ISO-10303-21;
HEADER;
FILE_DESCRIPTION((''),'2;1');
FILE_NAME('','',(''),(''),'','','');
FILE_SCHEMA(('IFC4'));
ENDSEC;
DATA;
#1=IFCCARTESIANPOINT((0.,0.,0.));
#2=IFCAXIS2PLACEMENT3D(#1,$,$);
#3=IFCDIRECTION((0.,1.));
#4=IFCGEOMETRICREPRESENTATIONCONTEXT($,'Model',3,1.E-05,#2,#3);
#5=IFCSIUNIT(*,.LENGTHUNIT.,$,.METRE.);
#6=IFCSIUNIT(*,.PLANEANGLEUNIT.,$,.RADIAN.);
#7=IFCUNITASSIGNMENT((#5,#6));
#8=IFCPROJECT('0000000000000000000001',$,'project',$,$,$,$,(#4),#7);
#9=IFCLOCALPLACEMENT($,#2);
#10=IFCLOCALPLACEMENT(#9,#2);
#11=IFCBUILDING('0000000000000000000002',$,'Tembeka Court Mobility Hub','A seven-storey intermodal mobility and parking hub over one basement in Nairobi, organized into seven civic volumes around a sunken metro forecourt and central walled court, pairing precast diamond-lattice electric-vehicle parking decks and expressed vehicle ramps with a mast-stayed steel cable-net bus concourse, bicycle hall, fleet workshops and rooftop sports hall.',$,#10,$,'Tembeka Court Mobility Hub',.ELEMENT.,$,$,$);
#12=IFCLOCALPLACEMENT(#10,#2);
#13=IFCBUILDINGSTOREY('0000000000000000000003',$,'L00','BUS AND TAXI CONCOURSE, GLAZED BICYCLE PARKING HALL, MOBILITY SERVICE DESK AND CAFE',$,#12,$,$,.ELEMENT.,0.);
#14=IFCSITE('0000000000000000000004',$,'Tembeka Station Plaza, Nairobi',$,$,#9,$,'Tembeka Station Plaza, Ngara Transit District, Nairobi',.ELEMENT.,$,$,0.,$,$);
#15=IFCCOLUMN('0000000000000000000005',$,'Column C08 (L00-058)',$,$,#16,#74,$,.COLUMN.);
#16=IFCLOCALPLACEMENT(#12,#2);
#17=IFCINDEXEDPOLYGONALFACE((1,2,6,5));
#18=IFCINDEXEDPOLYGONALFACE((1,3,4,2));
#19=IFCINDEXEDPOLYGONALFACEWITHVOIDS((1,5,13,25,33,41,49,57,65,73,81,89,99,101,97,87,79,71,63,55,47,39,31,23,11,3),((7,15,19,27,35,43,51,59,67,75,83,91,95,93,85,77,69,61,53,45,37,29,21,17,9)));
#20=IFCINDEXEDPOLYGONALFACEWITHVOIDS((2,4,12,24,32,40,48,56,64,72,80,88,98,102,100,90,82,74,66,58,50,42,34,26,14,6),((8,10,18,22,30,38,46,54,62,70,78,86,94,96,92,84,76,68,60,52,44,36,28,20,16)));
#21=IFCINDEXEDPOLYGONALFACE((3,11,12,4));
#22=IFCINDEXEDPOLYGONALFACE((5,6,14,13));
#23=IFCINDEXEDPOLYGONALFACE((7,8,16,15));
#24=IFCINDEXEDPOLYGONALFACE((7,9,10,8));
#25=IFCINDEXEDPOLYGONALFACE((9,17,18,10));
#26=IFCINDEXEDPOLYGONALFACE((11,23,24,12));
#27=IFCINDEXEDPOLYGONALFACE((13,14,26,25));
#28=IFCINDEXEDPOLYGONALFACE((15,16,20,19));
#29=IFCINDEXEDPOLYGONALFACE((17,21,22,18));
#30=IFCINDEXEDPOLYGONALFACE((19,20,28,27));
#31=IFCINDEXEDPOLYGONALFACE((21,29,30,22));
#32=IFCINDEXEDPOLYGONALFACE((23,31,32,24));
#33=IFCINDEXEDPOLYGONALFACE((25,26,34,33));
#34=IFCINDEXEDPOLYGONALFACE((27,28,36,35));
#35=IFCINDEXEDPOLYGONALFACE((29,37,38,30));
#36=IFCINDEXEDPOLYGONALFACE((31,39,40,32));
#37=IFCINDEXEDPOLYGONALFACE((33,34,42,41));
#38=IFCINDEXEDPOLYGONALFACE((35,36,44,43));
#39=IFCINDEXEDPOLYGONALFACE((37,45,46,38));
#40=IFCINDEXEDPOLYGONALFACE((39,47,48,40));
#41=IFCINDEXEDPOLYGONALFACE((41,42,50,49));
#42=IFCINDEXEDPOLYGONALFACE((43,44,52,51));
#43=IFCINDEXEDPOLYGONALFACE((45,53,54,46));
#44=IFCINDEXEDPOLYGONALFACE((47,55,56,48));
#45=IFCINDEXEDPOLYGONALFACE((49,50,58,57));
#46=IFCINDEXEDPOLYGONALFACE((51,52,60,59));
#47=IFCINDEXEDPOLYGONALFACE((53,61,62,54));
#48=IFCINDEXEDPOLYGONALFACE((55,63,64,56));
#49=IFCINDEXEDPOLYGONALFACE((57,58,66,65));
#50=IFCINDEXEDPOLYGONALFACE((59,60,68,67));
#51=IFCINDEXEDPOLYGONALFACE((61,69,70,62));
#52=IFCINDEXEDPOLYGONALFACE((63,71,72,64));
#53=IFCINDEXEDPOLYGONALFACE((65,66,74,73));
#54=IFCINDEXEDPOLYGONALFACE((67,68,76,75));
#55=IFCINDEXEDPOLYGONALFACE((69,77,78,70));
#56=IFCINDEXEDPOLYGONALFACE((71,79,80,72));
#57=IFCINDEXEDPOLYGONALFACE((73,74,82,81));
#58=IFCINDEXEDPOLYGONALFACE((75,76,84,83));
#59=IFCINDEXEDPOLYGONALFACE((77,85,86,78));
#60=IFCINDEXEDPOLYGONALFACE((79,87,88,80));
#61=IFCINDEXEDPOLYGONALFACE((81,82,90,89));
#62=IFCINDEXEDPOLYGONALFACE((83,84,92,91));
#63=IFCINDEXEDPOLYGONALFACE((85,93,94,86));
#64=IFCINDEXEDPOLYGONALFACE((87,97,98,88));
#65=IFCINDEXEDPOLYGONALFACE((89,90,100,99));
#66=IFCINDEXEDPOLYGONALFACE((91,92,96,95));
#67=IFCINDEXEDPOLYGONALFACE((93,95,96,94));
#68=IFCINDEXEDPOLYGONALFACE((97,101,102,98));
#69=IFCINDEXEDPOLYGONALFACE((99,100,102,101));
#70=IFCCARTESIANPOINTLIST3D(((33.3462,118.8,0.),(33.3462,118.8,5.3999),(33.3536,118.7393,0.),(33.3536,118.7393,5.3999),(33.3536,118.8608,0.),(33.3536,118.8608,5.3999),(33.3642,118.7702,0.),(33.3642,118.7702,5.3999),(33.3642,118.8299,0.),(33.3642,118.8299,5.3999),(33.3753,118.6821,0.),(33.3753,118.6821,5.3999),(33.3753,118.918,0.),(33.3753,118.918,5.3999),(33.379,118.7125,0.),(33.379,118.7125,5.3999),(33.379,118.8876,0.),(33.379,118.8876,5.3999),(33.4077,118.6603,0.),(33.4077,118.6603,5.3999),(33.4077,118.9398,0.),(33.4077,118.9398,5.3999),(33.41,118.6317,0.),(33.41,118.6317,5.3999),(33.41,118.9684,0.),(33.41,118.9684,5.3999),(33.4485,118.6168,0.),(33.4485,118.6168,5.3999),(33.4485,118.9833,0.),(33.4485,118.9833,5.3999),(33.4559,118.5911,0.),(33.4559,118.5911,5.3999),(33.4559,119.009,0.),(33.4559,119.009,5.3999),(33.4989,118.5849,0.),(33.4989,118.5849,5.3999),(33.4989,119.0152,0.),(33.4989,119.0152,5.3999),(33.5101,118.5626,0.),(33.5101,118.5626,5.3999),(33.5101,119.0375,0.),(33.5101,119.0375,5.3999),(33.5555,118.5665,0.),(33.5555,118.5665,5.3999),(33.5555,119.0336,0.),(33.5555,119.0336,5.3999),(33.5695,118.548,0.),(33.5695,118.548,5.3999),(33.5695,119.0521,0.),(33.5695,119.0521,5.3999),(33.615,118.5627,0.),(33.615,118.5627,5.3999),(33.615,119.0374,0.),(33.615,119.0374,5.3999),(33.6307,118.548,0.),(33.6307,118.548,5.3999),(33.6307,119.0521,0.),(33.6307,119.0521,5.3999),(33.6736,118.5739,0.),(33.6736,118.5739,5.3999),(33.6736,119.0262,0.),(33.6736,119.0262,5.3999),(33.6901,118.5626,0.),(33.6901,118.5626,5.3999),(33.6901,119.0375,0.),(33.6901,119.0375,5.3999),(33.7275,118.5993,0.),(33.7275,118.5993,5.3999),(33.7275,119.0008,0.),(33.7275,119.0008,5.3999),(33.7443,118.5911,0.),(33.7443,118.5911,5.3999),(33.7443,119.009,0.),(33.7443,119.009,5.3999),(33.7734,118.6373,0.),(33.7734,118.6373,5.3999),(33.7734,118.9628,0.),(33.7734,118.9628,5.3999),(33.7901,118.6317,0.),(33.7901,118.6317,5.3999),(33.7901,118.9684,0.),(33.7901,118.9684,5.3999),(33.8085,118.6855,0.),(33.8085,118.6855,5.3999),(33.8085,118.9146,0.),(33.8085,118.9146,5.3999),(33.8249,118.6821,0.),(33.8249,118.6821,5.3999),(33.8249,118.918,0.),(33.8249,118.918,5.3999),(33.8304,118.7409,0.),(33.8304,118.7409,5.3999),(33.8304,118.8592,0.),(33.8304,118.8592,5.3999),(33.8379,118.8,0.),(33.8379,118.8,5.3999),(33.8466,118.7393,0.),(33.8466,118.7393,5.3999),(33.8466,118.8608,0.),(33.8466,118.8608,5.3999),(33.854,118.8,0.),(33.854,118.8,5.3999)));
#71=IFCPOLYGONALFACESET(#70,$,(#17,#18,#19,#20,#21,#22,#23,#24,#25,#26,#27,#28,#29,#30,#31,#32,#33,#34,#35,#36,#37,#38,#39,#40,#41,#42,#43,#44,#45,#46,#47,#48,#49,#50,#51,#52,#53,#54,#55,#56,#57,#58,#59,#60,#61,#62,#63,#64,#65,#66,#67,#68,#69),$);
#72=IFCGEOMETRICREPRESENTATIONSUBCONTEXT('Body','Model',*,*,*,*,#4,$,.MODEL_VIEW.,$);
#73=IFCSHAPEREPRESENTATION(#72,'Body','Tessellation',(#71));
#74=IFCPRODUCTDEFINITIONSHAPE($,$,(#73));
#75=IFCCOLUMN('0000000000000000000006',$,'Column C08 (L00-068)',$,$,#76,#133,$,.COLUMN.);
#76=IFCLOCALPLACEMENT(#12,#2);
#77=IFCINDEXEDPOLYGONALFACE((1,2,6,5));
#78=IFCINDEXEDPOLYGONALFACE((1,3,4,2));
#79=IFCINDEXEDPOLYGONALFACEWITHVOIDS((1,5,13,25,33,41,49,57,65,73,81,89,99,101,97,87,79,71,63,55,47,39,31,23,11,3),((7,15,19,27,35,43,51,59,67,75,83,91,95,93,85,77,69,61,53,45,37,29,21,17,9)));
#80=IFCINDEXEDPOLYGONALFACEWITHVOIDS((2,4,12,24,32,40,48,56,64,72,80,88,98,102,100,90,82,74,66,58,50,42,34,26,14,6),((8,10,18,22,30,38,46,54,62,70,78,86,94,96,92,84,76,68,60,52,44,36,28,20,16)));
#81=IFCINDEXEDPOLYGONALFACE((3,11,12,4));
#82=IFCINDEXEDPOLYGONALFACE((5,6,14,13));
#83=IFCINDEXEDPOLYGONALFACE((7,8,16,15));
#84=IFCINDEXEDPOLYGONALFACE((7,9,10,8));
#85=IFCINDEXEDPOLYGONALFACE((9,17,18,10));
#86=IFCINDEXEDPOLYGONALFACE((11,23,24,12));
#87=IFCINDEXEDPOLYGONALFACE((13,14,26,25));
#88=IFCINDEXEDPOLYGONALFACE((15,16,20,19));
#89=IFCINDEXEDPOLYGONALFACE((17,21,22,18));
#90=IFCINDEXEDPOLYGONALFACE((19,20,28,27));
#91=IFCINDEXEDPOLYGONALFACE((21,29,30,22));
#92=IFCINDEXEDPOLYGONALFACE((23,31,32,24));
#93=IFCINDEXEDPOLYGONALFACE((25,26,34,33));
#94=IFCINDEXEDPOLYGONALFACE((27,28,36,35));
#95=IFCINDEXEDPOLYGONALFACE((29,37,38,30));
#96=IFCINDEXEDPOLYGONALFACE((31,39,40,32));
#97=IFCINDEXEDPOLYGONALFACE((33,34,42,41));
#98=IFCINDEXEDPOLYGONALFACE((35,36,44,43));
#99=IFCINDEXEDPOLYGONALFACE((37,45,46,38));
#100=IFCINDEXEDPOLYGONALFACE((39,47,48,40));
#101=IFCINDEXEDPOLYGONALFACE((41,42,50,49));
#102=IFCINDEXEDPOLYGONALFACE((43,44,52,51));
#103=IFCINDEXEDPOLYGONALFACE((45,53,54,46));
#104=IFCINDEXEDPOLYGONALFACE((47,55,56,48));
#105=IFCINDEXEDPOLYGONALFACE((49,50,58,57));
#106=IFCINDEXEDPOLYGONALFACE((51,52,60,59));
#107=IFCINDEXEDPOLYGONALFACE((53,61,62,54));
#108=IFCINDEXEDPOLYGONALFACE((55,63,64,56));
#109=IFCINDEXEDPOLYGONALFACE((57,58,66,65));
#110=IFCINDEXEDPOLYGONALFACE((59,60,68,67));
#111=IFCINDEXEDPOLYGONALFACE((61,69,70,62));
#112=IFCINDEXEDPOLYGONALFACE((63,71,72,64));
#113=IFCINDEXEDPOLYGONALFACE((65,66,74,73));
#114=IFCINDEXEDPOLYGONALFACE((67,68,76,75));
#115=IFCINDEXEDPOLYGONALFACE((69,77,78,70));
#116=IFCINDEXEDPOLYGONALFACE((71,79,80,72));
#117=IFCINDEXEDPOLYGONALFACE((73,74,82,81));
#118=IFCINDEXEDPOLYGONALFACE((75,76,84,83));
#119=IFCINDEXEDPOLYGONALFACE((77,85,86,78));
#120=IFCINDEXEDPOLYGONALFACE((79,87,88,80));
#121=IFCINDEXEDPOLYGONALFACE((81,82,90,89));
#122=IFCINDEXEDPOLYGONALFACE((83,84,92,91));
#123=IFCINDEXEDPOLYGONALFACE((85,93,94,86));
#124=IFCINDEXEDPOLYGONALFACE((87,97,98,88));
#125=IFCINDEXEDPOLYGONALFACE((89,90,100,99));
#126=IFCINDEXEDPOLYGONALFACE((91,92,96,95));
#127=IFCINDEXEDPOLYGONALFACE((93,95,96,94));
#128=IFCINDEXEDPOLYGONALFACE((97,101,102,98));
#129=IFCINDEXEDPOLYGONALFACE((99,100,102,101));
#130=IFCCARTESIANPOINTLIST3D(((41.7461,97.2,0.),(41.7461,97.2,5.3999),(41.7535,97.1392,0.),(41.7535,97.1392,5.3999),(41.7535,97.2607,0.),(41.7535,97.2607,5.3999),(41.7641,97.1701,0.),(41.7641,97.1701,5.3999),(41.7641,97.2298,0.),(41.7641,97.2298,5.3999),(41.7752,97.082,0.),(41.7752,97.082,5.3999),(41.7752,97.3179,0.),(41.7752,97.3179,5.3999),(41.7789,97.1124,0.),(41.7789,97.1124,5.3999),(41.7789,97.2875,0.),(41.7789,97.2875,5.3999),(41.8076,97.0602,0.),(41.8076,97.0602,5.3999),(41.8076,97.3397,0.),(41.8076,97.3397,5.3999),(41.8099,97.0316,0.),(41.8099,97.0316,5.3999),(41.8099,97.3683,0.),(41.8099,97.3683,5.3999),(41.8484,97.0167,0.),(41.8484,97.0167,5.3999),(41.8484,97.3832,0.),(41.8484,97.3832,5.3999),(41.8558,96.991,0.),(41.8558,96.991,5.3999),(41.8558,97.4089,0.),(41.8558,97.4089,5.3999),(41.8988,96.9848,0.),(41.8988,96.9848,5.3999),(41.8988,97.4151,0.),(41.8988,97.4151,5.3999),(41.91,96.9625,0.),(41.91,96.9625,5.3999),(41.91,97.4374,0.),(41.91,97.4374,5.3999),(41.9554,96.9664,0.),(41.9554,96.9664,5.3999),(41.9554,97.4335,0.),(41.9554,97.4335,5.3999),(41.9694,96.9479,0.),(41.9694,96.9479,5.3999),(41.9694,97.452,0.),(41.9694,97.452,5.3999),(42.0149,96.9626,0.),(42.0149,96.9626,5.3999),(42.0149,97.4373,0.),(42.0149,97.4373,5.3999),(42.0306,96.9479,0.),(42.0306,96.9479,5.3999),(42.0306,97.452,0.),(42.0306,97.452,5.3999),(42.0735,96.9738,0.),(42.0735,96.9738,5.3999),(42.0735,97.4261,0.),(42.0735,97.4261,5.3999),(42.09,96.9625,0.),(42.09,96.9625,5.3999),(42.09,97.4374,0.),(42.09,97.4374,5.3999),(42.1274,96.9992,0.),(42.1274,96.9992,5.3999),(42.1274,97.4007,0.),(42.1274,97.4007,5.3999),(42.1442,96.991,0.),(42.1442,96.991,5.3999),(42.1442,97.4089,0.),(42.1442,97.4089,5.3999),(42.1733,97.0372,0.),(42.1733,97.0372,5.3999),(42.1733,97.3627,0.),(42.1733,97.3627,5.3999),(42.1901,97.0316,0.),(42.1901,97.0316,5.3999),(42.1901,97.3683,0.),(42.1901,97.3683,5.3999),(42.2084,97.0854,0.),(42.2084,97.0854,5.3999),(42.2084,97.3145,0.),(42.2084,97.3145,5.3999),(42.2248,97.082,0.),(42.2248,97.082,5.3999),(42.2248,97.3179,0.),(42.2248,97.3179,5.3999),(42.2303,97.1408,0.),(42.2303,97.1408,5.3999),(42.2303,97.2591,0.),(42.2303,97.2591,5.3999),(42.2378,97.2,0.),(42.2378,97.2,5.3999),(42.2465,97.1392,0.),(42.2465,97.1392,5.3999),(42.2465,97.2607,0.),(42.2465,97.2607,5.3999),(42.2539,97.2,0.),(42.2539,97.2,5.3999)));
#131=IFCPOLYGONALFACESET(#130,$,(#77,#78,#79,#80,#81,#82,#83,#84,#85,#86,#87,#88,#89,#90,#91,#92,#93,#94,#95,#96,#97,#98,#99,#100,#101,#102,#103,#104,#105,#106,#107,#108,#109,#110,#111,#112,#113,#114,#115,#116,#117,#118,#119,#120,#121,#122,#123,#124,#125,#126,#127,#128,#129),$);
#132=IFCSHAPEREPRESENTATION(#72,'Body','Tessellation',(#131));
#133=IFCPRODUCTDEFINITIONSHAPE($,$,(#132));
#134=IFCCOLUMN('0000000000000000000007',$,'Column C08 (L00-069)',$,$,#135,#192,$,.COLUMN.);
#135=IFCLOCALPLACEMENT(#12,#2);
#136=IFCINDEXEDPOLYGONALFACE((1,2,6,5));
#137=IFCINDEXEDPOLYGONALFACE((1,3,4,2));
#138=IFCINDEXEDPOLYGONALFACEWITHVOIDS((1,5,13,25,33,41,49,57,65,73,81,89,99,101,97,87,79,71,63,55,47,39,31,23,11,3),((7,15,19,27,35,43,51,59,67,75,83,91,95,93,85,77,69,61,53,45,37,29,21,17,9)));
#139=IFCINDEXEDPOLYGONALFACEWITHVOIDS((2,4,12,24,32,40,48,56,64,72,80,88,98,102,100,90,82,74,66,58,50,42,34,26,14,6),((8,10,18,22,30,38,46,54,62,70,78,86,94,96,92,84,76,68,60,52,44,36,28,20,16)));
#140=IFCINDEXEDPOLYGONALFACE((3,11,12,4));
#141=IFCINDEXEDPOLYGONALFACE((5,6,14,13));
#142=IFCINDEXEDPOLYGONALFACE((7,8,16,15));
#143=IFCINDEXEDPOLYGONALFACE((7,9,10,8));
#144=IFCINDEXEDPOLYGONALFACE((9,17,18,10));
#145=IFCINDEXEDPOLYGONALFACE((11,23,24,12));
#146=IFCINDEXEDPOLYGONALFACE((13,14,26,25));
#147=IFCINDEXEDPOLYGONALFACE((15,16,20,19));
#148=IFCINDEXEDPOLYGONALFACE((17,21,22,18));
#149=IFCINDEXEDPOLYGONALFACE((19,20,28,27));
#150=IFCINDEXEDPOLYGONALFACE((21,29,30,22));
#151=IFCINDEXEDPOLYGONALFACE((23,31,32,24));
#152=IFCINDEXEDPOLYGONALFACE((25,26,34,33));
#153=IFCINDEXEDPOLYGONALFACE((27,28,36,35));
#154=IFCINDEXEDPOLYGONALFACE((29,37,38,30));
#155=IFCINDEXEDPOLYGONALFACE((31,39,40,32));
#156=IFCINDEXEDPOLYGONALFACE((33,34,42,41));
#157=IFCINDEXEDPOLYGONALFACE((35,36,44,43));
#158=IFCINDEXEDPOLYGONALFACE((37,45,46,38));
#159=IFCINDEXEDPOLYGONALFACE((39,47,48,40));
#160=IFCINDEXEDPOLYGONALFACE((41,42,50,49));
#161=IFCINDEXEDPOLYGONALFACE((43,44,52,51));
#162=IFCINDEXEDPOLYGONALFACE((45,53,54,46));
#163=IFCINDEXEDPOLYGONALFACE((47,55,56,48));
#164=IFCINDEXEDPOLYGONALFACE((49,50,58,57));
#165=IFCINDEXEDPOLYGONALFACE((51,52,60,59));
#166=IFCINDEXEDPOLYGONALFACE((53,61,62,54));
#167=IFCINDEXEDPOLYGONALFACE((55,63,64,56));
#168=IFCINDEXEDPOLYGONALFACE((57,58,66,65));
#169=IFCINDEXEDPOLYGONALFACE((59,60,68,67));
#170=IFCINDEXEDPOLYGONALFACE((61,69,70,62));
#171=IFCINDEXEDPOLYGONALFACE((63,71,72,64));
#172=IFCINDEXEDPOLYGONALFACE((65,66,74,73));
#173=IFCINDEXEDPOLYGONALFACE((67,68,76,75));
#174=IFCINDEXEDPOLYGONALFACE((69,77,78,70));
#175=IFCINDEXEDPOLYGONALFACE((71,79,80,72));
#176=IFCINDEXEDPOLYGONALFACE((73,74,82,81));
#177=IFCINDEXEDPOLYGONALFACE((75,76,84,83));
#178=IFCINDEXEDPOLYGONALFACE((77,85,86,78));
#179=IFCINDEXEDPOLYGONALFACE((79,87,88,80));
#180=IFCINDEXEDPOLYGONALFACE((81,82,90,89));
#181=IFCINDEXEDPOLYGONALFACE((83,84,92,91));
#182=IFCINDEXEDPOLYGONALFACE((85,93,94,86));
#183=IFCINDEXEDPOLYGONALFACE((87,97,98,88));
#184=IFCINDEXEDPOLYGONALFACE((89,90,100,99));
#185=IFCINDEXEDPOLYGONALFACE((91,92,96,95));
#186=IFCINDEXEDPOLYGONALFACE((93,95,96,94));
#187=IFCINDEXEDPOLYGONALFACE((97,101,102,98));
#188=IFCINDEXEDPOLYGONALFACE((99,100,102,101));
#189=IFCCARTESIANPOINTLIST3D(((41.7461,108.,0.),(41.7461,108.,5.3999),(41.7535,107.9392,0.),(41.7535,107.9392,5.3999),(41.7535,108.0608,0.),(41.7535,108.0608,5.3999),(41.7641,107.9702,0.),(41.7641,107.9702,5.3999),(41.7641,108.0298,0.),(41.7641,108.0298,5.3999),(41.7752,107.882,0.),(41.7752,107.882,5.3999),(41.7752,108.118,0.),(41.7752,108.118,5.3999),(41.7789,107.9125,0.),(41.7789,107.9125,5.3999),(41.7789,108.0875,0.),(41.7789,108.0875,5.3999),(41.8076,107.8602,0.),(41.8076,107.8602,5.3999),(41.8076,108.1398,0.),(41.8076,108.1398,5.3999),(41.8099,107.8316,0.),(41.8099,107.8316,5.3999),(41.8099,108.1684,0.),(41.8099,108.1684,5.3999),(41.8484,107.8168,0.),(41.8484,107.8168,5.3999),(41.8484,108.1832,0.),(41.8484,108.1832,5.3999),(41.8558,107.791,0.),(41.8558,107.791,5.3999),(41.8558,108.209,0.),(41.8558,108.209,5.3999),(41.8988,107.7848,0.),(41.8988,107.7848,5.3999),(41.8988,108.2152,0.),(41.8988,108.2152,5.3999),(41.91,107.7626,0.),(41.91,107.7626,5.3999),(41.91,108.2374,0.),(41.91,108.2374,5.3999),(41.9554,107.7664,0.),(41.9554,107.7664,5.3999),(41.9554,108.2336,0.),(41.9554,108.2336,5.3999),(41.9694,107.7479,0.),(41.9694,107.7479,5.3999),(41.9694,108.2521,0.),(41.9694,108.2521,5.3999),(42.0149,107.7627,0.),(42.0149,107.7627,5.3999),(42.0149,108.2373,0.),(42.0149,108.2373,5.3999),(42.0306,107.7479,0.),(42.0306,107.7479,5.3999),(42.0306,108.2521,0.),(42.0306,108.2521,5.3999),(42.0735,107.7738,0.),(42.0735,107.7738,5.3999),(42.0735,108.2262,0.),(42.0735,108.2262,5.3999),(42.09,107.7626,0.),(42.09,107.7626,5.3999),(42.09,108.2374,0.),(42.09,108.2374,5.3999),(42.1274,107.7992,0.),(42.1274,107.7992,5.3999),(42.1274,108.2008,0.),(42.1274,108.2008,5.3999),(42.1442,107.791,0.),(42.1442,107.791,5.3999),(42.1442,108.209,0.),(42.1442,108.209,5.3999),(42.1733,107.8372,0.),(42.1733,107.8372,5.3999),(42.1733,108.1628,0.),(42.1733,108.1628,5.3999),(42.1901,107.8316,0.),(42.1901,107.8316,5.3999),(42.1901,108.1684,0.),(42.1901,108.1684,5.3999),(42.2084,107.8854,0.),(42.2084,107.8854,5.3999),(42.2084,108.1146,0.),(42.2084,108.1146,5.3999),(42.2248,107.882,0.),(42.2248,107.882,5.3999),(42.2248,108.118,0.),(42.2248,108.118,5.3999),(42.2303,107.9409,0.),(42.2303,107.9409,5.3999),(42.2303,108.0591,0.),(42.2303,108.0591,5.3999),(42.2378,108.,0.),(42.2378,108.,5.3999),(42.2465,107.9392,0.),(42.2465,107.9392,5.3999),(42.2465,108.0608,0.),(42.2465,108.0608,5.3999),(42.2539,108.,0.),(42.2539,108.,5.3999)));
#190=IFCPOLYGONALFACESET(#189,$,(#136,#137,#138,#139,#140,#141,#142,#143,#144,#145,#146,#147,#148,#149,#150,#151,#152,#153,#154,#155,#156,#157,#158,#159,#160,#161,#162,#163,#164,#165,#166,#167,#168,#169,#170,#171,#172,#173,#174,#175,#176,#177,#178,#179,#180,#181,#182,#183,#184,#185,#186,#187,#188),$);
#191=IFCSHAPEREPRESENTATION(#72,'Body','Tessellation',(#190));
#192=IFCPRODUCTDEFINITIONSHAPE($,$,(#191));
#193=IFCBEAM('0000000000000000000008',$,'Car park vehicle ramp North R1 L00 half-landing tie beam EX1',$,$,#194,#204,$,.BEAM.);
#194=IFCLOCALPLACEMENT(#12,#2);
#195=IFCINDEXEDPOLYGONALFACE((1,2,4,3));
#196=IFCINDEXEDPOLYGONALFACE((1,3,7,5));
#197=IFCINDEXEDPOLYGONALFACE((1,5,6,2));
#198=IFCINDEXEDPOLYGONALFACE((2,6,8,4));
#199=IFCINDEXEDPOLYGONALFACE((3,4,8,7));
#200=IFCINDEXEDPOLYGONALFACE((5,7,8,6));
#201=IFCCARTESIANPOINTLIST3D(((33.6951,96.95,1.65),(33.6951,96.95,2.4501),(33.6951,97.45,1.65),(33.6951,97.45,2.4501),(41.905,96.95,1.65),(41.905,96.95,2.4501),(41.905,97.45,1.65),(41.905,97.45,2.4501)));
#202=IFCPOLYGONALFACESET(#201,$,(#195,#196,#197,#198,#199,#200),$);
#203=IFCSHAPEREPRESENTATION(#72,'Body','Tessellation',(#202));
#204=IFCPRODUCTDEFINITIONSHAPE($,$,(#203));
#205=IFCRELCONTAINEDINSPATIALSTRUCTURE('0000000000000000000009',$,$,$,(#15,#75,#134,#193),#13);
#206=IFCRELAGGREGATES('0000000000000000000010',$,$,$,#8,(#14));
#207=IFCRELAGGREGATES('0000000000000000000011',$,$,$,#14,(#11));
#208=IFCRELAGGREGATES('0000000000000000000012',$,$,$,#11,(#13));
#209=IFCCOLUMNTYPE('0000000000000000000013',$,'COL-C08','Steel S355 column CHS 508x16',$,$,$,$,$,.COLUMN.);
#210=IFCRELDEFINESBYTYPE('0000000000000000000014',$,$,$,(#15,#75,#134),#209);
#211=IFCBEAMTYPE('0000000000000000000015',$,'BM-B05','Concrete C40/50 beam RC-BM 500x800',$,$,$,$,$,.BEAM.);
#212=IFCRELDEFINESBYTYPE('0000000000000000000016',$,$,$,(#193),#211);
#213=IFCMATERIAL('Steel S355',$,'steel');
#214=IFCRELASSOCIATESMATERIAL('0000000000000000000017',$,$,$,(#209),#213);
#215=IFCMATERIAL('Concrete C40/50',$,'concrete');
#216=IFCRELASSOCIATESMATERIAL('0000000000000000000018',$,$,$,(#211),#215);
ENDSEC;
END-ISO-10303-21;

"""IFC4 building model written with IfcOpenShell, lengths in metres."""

from ifc_helpers import new_model, si_unit, direction, frame, origin, origin_2d, place, context, subcontext, project, spatial, rectangle, hollow_circle, extrude, material, material_profile, profile_set, type_object, element, save


model = new_model("IFC4")

# Units and contexts
model_context = context("Model", 3, precision=1e-05, world=origin(), true_north=direction((0.0, 1.0)))
body_context = subcontext(model_context, "Body", "Model", "MODEL_VIEW")
ifc_project = project(units=[si_unit("LENGTHUNIT", "METRE"), si_unit("PLANEANGLEUNIT", "RADIAN")], contexts=[model_context])

# Site, building, storey
site_placement = place(None, origin())
site = spatial("IfcSite", under=ifc_project, at=site_placement, Name="Tembeka Station Plaza, Nairobi", LongName="Tembeka Station Plaza, Ngara Transit District, Nairobi", CompositionType="ELEMENT", RefElevation=0.0)
building_placement = place(site_placement, origin())
building = spatial("IfcBuilding", under=site, at=building_placement, Name="Tembeka Court Mobility Hub", Description="A seven-storey intermodal mobility and parking hub over one basement in Nairobi, organized into seven civic volumes around a sunken metro forecourt and central walled court, pairing precast diamond-lattice electric-vehicle parking decks and expressed vehicle ramps with a mast-stayed steel cable-net bus concourse, bicycle hall, fleet workshops and rooftop sports hall.", LongName="Tembeka Court Mobility Hub", CompositionType="ELEMENT")
storey_placement = place(building_placement, origin())
storey = spatial("IfcBuildingStorey", under=building, at=storey_placement, Name="L00", Description="BUS AND TAXI CONCOURSE, GLAZED BICYCLE PARKING HALL, MOBILITY SERVICE DESK AND CAFE", CompositionType="ELEMENT", Elevation=0.0)

# Columns
ifc_material_1 = material(Name="Steel S355", Category="steel")
ifc_material_profile_1 = material_profile(ifc_material_1, hollow_circle(Radius=0.2539, WallThickness=0.0161, at=origin_2d()), Name="CHS 508x16")
ifc_profile_set_1 = profile_set([ifc_material_profile_1], Name="Steel S355")
column_type_1 = type_object("IfcColumnType", Name="COL-C08", Description="Steel S355 column CHS 508x16", PredefinedType="COLUMN", material=ifc_profile_set_1)
for number, where, z_axis, x_axis, name in (
    (1, (33.6001, 118.8, 0.0), (0.0, 0.0, 1.0), (1.0, 0.0, 0.0), "Column C08 (L00-058)"),
    (2, (42.0, 97.2, 0.0), (0.0, 0.0, 1.0), (1.0, 0.0, 0.0), "Column C08 (L00-068)"),
    (3, (42.0, 108.0, 0.0), (0.0, 0.0, 1.0), (1.0, 0.0, 0.0), "Column C08 (L00-069)"),
):
    element("IfcColumn", number, at=place(storey_placement, frame(where, z_axis=z_axis, x_axis=x_axis)), inside=storey, type_object=column_type_1, Name=name, PredefinedType="COLUMN", context=body_context, shape_type="SweptSolid", body=[
        extrude(hollow_circle(Radius=0.2539, WallThickness=0.0161, at=origin_2d()), origin(), (0.0, 0.0, 1.0), 5.3999),
    ])

# Beam
ifc_material_2 = material(Name="Concrete C40/50", Category="concrete")
ifc_material_profile_2 = material_profile(ifc_material_2, rectangle(XDim=0.5, YDim=0.8, at=origin_2d()), Name="RC-BM 500x800")
ifc_profile_set_2 = profile_set([ifc_material_profile_2], Name="Concrete C40/50")
beam_type_1 = type_object("IfcBeamType", Name="BM-B05", Description="Concrete C40/50 beam RC-BM 500x800", PredefinedType="BEAM", material=ifc_profile_set_2)
for number, where, z_axis, x_axis, name in (
    (4, (33.6951, 97.2, 2.05), (1.0, 0.0, 0.0), (0.0, 1.0, 0.0), "Car park vehicle ramp North R1 L00 half-landing tie beam EX1"),
):
    element("IfcBeam", number, at=place(storey_placement, frame(where, z_axis=z_axis, x_axis=x_axis)), inside=storey, type_object=beam_type_1, Name=name, PredefinedType="BEAM", context=body_context, shape_type="SweptSolid", body=[
        extrude(rectangle(XDim=0.5, YDim=0.8, at=origin_2d()), origin(), (0.0, 0.0, 1.0), 8.21),
    ])

save(model, "model.ifc")
